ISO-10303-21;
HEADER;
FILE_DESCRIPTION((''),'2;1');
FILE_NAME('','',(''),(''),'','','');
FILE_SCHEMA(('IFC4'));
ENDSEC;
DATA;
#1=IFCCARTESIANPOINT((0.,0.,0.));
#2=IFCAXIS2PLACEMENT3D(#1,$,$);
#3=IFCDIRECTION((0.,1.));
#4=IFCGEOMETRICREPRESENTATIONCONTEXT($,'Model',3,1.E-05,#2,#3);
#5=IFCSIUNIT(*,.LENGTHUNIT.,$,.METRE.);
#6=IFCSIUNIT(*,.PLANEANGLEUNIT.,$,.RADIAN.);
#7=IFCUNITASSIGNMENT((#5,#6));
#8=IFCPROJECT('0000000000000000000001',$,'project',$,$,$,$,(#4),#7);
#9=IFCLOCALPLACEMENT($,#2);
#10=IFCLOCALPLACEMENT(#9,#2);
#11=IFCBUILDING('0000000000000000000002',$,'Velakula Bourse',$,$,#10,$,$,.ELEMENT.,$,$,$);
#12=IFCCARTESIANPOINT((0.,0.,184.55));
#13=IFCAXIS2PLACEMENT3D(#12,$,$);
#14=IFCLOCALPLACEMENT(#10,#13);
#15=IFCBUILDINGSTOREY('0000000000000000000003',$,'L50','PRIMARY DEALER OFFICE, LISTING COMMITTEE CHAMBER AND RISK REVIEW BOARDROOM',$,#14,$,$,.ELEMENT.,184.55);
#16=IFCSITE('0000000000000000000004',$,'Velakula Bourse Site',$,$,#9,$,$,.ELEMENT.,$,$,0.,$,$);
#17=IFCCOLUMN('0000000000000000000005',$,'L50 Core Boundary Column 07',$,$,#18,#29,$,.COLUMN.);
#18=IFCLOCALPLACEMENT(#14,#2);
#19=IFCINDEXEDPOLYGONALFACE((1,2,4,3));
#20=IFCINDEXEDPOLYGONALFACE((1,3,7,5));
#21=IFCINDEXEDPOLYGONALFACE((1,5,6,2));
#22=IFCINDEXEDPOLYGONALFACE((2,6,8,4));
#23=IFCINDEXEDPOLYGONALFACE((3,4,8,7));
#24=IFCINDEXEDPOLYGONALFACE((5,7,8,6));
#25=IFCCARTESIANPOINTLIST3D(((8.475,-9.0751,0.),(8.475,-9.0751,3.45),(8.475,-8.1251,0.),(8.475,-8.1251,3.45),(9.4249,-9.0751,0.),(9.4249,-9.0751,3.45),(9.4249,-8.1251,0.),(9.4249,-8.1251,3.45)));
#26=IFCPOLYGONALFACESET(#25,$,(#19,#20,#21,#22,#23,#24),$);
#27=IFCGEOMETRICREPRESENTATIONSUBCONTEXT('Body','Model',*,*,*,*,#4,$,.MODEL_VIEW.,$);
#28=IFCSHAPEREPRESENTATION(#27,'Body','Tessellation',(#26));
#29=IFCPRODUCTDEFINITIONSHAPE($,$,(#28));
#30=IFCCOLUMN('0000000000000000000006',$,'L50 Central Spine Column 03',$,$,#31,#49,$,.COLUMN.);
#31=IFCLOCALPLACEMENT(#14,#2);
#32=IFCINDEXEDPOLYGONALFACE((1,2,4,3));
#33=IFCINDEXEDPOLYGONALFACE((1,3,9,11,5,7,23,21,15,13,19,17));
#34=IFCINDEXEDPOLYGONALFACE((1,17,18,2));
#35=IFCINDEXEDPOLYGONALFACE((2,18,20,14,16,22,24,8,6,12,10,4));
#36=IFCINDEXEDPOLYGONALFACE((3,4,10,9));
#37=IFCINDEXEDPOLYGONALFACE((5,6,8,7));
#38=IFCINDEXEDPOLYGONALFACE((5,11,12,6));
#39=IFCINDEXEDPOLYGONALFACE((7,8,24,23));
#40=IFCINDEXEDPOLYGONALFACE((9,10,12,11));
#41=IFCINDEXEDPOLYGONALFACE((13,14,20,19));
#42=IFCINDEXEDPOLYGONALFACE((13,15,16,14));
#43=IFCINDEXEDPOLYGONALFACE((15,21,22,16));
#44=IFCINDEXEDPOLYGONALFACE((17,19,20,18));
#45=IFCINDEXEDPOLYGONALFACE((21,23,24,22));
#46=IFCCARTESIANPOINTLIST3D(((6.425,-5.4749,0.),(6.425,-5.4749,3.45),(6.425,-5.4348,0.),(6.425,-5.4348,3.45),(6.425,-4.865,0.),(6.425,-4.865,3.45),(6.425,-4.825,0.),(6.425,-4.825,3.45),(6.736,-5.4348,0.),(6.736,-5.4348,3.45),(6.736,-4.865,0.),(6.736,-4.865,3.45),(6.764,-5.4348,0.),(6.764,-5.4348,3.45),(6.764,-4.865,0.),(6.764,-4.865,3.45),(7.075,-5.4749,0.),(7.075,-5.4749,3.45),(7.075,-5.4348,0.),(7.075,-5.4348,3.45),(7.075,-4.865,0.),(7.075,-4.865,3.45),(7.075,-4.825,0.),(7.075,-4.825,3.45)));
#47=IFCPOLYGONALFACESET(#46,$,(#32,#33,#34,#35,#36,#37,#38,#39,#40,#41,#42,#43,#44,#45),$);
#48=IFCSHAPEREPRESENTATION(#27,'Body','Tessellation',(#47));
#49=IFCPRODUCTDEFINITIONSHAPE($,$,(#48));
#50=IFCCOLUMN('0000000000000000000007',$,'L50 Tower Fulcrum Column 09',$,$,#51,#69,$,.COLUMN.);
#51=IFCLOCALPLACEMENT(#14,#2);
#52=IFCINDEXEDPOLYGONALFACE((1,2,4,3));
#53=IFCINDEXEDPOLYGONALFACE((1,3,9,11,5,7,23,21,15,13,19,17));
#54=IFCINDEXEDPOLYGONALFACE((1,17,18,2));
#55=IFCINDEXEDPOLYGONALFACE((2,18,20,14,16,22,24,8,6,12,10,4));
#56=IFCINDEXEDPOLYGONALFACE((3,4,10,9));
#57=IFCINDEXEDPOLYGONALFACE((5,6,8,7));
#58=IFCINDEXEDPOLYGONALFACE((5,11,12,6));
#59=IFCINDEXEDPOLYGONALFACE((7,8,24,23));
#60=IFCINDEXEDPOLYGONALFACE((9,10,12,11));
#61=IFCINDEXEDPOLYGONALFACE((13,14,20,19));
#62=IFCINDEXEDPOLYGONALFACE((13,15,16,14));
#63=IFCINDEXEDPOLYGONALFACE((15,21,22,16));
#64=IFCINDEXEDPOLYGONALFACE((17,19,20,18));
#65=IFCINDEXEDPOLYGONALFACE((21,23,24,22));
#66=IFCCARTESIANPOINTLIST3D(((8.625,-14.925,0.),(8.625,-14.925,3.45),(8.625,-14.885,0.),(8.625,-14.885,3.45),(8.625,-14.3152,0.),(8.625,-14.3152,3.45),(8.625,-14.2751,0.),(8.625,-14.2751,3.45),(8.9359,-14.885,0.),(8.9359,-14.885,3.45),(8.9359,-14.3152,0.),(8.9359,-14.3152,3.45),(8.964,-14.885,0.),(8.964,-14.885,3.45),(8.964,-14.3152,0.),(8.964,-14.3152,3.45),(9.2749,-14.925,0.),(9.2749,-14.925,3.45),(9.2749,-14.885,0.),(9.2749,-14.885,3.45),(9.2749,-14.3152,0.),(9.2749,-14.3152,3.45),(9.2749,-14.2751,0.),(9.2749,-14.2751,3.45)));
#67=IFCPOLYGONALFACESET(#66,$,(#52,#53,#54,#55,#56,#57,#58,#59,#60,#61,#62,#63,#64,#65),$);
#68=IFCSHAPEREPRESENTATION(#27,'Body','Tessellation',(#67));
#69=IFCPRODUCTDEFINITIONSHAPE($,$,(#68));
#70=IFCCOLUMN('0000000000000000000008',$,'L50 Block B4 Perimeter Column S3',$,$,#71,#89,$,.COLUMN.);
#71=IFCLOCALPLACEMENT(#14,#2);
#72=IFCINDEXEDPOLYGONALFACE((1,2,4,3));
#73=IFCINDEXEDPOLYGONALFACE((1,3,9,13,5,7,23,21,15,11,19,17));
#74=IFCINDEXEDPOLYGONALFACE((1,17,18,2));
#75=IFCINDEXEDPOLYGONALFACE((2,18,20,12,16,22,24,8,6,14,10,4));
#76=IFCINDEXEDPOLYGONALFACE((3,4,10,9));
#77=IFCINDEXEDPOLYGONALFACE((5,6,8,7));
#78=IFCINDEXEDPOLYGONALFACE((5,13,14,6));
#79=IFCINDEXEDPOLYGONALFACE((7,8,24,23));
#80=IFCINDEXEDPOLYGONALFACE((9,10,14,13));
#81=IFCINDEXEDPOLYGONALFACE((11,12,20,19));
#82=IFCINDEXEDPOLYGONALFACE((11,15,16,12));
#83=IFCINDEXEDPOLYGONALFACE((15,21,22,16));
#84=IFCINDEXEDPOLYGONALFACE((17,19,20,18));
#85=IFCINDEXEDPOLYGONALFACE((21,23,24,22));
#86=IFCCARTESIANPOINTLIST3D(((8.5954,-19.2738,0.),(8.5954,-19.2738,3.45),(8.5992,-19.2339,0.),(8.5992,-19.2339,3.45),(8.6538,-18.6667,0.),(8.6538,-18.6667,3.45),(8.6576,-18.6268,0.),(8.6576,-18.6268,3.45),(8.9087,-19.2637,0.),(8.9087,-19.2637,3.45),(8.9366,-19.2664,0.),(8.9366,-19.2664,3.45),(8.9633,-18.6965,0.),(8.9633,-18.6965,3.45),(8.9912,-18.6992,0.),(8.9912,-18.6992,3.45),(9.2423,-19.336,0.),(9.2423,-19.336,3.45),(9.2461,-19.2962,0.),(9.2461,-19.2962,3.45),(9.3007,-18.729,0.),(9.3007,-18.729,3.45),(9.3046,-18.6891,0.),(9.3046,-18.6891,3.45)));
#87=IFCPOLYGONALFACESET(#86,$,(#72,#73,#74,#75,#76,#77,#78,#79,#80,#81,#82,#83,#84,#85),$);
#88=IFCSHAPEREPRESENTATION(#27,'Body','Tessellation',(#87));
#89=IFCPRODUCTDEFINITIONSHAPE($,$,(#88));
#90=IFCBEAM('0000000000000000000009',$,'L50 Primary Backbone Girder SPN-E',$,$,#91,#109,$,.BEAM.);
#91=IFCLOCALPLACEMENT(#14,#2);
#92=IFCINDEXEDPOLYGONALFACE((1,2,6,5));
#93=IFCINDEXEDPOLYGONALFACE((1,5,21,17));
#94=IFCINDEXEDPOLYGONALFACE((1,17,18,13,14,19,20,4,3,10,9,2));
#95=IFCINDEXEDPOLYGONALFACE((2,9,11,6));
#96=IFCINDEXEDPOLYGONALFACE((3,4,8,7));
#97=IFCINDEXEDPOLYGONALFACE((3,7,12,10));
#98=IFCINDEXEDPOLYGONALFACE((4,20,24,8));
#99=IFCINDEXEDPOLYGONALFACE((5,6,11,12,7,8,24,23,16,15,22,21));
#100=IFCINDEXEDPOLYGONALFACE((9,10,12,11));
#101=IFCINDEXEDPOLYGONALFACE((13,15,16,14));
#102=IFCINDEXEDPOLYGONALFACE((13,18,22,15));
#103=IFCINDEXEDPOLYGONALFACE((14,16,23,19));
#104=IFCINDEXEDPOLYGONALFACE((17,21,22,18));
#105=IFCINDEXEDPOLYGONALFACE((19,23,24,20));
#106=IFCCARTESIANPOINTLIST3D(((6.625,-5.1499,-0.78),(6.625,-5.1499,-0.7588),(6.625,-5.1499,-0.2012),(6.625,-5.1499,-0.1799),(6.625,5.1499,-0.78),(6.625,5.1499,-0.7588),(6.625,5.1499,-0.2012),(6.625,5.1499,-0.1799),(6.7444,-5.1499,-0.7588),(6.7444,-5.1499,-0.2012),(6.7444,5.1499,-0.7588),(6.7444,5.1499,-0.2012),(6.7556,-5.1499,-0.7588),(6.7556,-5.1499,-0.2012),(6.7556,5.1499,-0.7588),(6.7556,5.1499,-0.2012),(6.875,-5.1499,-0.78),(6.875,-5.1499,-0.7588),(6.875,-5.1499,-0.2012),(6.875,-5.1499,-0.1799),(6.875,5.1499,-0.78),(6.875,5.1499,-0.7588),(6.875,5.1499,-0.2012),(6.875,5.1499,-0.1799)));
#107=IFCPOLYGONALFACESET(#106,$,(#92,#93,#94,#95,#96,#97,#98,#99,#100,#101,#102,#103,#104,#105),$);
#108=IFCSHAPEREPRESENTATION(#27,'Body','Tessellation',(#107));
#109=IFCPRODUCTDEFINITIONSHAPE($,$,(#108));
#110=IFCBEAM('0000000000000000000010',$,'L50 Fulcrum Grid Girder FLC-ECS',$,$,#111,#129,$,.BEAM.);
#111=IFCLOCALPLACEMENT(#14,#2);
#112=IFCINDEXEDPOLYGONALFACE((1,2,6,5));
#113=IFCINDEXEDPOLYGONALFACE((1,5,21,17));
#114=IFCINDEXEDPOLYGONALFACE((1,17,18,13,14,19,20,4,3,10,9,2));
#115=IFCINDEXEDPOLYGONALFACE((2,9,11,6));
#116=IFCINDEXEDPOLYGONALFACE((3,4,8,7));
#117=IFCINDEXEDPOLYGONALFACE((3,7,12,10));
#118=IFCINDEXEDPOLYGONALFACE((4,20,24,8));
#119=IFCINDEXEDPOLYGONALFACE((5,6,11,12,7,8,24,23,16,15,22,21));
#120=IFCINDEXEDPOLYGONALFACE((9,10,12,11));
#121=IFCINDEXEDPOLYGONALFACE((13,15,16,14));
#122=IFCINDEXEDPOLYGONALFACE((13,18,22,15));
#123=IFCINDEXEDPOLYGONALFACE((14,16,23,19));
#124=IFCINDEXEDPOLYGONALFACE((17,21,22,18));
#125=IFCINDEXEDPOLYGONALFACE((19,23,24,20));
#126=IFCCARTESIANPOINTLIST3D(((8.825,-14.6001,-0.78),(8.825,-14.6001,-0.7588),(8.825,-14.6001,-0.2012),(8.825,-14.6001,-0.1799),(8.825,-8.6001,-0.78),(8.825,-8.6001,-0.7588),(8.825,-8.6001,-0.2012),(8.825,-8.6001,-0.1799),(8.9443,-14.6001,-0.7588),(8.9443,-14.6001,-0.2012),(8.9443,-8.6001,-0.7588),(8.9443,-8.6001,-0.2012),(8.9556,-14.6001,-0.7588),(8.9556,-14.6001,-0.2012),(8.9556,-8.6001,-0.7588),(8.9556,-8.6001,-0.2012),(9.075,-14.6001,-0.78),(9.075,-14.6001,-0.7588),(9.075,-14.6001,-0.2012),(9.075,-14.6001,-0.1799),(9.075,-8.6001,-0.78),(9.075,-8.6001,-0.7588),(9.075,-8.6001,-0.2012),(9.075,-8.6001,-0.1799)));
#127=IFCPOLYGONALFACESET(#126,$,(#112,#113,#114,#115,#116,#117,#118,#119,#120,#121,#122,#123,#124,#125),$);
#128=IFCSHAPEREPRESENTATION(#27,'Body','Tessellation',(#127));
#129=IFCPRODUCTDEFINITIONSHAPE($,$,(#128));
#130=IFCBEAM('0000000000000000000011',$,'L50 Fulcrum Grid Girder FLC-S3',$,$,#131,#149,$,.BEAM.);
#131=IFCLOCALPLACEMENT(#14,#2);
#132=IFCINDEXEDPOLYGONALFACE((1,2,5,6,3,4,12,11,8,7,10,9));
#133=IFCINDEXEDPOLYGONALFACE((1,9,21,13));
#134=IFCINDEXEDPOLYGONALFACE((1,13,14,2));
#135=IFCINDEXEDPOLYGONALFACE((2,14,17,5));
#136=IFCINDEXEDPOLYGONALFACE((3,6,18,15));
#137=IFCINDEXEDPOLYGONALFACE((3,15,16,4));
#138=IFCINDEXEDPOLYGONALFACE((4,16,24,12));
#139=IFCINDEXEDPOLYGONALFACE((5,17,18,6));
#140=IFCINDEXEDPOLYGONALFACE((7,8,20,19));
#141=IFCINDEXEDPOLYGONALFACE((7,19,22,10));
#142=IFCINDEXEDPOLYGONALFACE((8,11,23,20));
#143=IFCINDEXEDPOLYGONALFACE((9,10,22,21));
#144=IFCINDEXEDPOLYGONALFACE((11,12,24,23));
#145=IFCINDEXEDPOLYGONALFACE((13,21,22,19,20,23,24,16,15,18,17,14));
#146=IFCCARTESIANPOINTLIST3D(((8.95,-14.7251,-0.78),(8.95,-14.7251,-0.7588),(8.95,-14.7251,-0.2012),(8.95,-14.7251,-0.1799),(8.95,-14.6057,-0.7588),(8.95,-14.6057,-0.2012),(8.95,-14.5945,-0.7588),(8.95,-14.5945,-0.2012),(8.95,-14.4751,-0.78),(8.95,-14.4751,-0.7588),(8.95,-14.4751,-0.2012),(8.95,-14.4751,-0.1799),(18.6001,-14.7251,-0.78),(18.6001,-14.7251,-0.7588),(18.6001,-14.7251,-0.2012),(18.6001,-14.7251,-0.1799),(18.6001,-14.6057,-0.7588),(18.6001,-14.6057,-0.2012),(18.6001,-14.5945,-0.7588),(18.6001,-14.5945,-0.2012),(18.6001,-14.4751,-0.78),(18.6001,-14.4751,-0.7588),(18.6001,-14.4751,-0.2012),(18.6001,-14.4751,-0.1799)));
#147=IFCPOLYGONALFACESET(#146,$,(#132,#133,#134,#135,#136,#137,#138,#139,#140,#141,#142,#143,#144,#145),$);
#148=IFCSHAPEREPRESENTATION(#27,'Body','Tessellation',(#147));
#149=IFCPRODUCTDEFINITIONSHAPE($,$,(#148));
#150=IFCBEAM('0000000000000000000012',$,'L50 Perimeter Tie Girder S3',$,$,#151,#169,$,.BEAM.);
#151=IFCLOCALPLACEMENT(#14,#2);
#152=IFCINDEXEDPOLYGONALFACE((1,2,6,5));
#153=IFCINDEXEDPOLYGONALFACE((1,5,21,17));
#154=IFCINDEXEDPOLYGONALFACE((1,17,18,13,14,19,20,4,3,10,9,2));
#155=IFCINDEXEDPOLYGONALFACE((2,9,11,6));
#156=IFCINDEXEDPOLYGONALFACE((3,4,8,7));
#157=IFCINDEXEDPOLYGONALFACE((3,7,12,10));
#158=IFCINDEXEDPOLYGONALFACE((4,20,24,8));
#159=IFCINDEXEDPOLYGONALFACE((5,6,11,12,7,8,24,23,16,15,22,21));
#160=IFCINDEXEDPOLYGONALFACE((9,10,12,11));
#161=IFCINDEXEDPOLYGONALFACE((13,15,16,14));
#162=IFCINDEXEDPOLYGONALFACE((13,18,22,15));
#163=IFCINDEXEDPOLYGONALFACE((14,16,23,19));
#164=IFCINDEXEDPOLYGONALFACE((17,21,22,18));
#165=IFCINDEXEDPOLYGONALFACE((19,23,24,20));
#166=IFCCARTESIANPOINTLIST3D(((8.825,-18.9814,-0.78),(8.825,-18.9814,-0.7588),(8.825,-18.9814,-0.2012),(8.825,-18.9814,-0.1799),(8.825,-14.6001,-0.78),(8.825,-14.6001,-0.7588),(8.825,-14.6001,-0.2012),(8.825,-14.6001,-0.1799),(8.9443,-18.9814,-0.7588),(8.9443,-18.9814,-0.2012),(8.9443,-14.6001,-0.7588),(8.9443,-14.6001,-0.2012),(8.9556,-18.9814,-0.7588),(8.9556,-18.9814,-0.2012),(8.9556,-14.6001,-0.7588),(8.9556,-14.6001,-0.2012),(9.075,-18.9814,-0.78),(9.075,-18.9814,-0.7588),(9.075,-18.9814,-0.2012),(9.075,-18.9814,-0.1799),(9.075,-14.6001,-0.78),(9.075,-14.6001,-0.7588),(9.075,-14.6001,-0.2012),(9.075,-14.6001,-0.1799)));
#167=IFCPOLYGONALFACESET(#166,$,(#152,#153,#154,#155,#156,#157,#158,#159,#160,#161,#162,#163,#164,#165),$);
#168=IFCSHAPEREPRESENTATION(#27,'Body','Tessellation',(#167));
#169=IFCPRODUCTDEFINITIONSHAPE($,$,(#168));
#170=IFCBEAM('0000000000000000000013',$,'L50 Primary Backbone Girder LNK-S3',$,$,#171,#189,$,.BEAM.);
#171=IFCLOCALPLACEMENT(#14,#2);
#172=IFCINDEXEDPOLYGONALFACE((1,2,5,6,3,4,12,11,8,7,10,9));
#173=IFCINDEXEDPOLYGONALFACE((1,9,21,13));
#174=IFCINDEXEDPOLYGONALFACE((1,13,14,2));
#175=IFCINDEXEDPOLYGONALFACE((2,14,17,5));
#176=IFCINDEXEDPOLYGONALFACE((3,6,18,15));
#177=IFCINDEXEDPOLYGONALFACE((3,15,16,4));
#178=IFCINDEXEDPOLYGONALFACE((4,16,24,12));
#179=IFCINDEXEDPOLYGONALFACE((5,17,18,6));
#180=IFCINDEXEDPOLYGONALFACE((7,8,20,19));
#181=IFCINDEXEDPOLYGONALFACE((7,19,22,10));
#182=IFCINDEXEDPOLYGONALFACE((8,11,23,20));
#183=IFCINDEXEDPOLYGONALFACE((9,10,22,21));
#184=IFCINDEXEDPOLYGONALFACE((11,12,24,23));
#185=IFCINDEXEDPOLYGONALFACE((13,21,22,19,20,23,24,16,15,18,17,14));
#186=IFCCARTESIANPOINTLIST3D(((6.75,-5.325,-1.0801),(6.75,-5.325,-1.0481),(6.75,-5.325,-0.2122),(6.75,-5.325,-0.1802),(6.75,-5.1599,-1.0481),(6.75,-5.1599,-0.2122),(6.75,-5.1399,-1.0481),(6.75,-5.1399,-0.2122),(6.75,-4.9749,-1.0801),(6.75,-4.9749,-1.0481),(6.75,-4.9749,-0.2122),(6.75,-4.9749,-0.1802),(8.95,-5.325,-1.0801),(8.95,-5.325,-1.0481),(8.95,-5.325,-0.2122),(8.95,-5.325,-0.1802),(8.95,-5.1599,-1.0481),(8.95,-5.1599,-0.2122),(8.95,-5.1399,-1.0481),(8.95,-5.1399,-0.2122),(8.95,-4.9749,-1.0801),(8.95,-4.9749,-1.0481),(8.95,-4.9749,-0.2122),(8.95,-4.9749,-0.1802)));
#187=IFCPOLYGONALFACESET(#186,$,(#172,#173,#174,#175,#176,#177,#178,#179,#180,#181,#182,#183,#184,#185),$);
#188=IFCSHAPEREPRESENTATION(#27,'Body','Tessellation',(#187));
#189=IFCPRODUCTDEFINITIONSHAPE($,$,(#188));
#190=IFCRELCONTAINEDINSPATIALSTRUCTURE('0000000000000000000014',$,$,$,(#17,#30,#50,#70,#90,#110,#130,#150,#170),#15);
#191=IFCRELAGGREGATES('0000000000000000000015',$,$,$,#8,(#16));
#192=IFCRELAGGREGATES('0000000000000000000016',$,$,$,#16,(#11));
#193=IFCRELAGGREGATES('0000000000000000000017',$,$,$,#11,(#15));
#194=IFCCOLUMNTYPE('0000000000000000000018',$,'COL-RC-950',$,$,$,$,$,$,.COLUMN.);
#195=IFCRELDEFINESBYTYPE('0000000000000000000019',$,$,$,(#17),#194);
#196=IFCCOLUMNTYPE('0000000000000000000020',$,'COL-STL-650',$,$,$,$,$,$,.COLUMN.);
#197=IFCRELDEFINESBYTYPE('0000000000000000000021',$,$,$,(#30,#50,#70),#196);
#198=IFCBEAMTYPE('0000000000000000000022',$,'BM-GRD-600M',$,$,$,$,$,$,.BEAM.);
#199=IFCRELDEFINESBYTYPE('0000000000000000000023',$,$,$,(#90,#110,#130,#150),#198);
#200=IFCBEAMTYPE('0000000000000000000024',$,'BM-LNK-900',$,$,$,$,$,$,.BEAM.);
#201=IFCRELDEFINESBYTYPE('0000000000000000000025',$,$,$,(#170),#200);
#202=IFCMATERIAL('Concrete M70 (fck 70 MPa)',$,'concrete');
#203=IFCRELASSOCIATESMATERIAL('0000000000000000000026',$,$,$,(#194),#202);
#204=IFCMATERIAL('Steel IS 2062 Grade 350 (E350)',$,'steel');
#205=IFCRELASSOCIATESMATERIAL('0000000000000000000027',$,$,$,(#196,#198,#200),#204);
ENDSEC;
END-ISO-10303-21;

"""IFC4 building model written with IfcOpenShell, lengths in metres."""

from ifc_helpers import new_model, si_unit, direction, frame, origin, origin_2d, place, context, subcontext, project, spatial, rectangle, i_section, extrude, material, material_profile, profile_set, type_object, element, save


model = new_model("IFC4")

# Units and contexts
model_context = context("Model", 3, precision=1e-05, world=origin(), true_north=direction((0.0, 1.0)))
body_context = subcontext(model_context, "Body", "Model", "MODEL_VIEW")
ifc_project = project(units=[si_unit("LENGTHUNIT", "METRE"), si_unit("PLANEANGLEUNIT", "RADIAN")], contexts=[model_context])

# Site, building, storey
site_placement = place(None, origin())
site = spatial("IfcSite", under=ifc_project, at=site_placement, Name="Velakula Bourse Site", CompositionType="ELEMENT", RefElevation=0.0)
building_placement = place(site_placement, origin())
building = spatial("IfcBuilding", under=site, at=building_placement, Name="Velakula Bourse", CompositionType="ELEMENT")
storey_placement = place(building_placement, frame((0.0, 0.0, 184.55)))
storey = spatial("IfcBuildingStorey", under=building, at=storey_placement, Name="L50", Description="PRIMARY DEALER OFFICE, LISTING COMMITTEE CHAMBER AND RISK REVIEW BOARDROOM", CompositionType="ELEMENT", Elevation=184.55)

# Columns
ifc_material_1 = material(Name="Concrete M70 (fck 70 MPa)", Category="concrete")
ifc_material_profile_1 = material_profile(ifc_material_1, rectangle(XDim=0.95, YDim=0.95, at=origin_2d()), Name="Concrete M70 (fck 70 MPa)")
ifc_profile_set_1 = profile_set([ifc_material_profile_1], Name="Concrete M70 (fck 70 MPa)")
column_type_1 = type_object("IfcColumnType", Name="COL-RC-950", PredefinedType="COLUMN", material=ifc_profile_set_1)
column_placement = place(storey_placement, frame((8.95, -8.6001, 0.0), z_axis=(0.0, 0.0, 1.0), x_axis=(1.0, 0.0, 0.0)))
element("IfcColumn", 1, at=column_placement, inside=storey, type_object=column_type_1, Name="L50 Core Boundary Column 07", PredefinedType="COLUMN", context=body_context, shape_type="SweptSolid", body=[
    extrude(rectangle(XDim=0.95, YDim=0.95, at=origin_2d()), origin(), (0.0, 0.0, 1.0), 3.45),
])
ifc_material_2 = material(Name="Steel IS 2062 Grade 350 (E350)", Category="steel")
ifc_material_profile_2 = material_profile(ifc_material_2, i_section(OverallWidth=0.6499, OverallDepth=0.6499, WebThickness=0.0281, FlangeThickness=0.04, at=origin_2d()), Name="Steel IS 2062 Grade 350 (E350)")
ifc_profile_set_2 = profile_set([ifc_material_profile_2], Name="Steel IS 2062 Grade 350 (E350)")
column_type_2 = type_object("IfcColumnType", Name="COL-STL-650", PredefinedType="COLUMN", material=ifc_profile_set_2)
for number, where, z_axis, x_axis, name in (
    (2, (6.75, -5.1499, 0.0), (0.0, 0.0, 1.0), (1.0, 0.0, 0.0), "L50 Central Spine Column 03"),
    (3, (8.95, -14.6001, 0.0), (0.0, 0.0, 1.0), (1.0, 0.0, 0.0), "L50 Tower Fulcrum Column 09"),
    (4, (8.95, -18.9814, 0.0), (0.0, 0.0, 1.0), (0.995396, -0.095846, 0.0), "L50 Block B4 Perimeter Column S3"),
):
    element("IfcColumn", number, at=place(storey_placement, frame(where, z_axis=z_axis, x_axis=x_axis)), inside=storey, type_object=column_type_2, Name=name, PredefinedType="COLUMN", context=body_context, shape_type="SweptSolid", body=[
        extrude(i_section(OverallWidth=0.6499, OverallDepth=0.6499, WebThickness=0.0281, FlangeThickness=0.04, at=origin_2d()), origin(), (0.0, 0.0, 1.0), 3.45),
    ])

# Beams
ifc_material_profile_3 = material_profile(ifc_material_2, i_section(OverallWidth=0.25, OverallDepth=0.6001, WebThickness=0.0112, FlangeThickness=0.0212, at=origin_2d()), Name="Steel IS 2062 Grade 350 (E350)")
ifc_profile_set_3 = profile_set([ifc_material_profile_3], Name="Steel IS 2062 Grade 350 (E350)")
beam_type_1 = type_object("IfcBeamType", Name="BM-GRD-600M", PredefinedType="BEAM", material=ifc_profile_set_3)
beam_1_placement = place(storey_placement, frame((6.75, -5.1499, -0.48), z_axis=(0.0, 1.0, 0.0), x_axis=(-1.0, 0.0, 0.0)))
element("IfcBeam", 5, at=beam_1_placement, inside=storey, type_object=beam_type_1, Name="L50 Primary Backbone Girder SPN-E", PredefinedType="BEAM", context=body_context, shape_type="SweptSolid", body=[
    extrude(i_section(OverallWidth=0.25, OverallDepth=0.6001, WebThickness=0.0112, FlangeThickness=0.0212, at=origin_2d()), origin(), (0.0, 0.0, 1.0), 10.2998),
])
beam_2_placement = place(storey_placement, frame((8.95, -14.6001, -0.48), z_axis=(0.0, 1.0, 0.0), x_axis=(-1.0, 0.0, 0.0)))
element("IfcBeam", 6, at=beam_2_placement, inside=storey, type_object=beam_type_1, Name="L50 Fulcrum Grid Girder FLC-ECS", PredefinedType="BEAM", context=body_context, shape_type="SweptSolid", body=[
    extrude(i_section(OverallWidth=0.25, OverallDepth=0.6001, WebThickness=0.0112, FlangeThickness=0.0212, at=origin_2d()), origin(), (0.0, 0.0, 1.0), 6.0),
])
beam_3_placement = place(storey_placement, frame((8.95, -14.6001, -0.48), z_axis=(1.0, 0.0, 0.0), x_axis=(0.0, 1.0, 0.0)))
element("IfcBeam", 7, at=beam_3_placement, inside=storey, type_object=beam_type_1, Name="L50 Fulcrum Grid Girder FLC-S3", PredefinedType="BEAM", context=body_context, shape_type="SweptSolid", body=[
    extrude(i_section(OverallWidth=0.25, OverallDepth=0.6001, WebThickness=0.0112, FlangeThickness=0.0212, at=origin_2d()), origin(), (0.0, 0.0, 1.0), 9.6501),
])
beam_4_placement = place(storey_placement, frame((8.95, -14.6001, -0.48), z_axis=(0.0, -1.0, 0.0), x_axis=(1.0, 0.0, 0.0)))
element("IfcBeam", 8, at=beam_4_placement, inside=storey, type_object=beam_type_1, Name="L50 Perimeter Tie Girder S3", PredefinedType="BEAM", context=body_context, shape_type="SweptSolid", body=[
    extrude(i_section(OverallWidth=0.25, OverallDepth=0.6001, WebThickness=0.0112, FlangeThickness=0.0212, at=origin_2d()), origin(), (0.0, 0.0, 1.0), 4.3813),
])
ifc_material_profile_4 = material_profile(ifc_material_2, i_section(OverallWidth=0.3501, OverallDepth=0.8999, WebThickness=0.02, FlangeThickness=0.032, at=origin_2d()), Name="Steel IS 2062 Grade 350 (E350)")
ifc_profile_set_4 = profile_set([ifc_material_profile_4], Name="Steel IS 2062 Grade 350 (E350)")
beam_type_2 = type_object("IfcBeamType", Name="BM-LNK-900", PredefinedType="BEAM", material=ifc_profile_set_4)
beam_5_placement = place(storey_placement, frame((6.75, -5.1499, -0.6301), z_axis=(1.0, 0.0, 0.0), x_axis=(0.0, 1.0, 0.0)))
element("IfcBeam", 9, at=beam_5_placement, inside=storey, type_object=beam_type_2, Name="L50 Primary Backbone Girder LNK-S3", PredefinedType="BEAM", context=body_context, shape_type="SweptSolid", body=[
    extrude(i_section(OverallWidth=0.3501, OverallDepth=0.8999, WebThickness=0.02, FlangeThickness=0.032, at=origin_2d()), origin(), (0.0, 0.0, 1.0), 2.2),
])

save(model, "model.ifc")
